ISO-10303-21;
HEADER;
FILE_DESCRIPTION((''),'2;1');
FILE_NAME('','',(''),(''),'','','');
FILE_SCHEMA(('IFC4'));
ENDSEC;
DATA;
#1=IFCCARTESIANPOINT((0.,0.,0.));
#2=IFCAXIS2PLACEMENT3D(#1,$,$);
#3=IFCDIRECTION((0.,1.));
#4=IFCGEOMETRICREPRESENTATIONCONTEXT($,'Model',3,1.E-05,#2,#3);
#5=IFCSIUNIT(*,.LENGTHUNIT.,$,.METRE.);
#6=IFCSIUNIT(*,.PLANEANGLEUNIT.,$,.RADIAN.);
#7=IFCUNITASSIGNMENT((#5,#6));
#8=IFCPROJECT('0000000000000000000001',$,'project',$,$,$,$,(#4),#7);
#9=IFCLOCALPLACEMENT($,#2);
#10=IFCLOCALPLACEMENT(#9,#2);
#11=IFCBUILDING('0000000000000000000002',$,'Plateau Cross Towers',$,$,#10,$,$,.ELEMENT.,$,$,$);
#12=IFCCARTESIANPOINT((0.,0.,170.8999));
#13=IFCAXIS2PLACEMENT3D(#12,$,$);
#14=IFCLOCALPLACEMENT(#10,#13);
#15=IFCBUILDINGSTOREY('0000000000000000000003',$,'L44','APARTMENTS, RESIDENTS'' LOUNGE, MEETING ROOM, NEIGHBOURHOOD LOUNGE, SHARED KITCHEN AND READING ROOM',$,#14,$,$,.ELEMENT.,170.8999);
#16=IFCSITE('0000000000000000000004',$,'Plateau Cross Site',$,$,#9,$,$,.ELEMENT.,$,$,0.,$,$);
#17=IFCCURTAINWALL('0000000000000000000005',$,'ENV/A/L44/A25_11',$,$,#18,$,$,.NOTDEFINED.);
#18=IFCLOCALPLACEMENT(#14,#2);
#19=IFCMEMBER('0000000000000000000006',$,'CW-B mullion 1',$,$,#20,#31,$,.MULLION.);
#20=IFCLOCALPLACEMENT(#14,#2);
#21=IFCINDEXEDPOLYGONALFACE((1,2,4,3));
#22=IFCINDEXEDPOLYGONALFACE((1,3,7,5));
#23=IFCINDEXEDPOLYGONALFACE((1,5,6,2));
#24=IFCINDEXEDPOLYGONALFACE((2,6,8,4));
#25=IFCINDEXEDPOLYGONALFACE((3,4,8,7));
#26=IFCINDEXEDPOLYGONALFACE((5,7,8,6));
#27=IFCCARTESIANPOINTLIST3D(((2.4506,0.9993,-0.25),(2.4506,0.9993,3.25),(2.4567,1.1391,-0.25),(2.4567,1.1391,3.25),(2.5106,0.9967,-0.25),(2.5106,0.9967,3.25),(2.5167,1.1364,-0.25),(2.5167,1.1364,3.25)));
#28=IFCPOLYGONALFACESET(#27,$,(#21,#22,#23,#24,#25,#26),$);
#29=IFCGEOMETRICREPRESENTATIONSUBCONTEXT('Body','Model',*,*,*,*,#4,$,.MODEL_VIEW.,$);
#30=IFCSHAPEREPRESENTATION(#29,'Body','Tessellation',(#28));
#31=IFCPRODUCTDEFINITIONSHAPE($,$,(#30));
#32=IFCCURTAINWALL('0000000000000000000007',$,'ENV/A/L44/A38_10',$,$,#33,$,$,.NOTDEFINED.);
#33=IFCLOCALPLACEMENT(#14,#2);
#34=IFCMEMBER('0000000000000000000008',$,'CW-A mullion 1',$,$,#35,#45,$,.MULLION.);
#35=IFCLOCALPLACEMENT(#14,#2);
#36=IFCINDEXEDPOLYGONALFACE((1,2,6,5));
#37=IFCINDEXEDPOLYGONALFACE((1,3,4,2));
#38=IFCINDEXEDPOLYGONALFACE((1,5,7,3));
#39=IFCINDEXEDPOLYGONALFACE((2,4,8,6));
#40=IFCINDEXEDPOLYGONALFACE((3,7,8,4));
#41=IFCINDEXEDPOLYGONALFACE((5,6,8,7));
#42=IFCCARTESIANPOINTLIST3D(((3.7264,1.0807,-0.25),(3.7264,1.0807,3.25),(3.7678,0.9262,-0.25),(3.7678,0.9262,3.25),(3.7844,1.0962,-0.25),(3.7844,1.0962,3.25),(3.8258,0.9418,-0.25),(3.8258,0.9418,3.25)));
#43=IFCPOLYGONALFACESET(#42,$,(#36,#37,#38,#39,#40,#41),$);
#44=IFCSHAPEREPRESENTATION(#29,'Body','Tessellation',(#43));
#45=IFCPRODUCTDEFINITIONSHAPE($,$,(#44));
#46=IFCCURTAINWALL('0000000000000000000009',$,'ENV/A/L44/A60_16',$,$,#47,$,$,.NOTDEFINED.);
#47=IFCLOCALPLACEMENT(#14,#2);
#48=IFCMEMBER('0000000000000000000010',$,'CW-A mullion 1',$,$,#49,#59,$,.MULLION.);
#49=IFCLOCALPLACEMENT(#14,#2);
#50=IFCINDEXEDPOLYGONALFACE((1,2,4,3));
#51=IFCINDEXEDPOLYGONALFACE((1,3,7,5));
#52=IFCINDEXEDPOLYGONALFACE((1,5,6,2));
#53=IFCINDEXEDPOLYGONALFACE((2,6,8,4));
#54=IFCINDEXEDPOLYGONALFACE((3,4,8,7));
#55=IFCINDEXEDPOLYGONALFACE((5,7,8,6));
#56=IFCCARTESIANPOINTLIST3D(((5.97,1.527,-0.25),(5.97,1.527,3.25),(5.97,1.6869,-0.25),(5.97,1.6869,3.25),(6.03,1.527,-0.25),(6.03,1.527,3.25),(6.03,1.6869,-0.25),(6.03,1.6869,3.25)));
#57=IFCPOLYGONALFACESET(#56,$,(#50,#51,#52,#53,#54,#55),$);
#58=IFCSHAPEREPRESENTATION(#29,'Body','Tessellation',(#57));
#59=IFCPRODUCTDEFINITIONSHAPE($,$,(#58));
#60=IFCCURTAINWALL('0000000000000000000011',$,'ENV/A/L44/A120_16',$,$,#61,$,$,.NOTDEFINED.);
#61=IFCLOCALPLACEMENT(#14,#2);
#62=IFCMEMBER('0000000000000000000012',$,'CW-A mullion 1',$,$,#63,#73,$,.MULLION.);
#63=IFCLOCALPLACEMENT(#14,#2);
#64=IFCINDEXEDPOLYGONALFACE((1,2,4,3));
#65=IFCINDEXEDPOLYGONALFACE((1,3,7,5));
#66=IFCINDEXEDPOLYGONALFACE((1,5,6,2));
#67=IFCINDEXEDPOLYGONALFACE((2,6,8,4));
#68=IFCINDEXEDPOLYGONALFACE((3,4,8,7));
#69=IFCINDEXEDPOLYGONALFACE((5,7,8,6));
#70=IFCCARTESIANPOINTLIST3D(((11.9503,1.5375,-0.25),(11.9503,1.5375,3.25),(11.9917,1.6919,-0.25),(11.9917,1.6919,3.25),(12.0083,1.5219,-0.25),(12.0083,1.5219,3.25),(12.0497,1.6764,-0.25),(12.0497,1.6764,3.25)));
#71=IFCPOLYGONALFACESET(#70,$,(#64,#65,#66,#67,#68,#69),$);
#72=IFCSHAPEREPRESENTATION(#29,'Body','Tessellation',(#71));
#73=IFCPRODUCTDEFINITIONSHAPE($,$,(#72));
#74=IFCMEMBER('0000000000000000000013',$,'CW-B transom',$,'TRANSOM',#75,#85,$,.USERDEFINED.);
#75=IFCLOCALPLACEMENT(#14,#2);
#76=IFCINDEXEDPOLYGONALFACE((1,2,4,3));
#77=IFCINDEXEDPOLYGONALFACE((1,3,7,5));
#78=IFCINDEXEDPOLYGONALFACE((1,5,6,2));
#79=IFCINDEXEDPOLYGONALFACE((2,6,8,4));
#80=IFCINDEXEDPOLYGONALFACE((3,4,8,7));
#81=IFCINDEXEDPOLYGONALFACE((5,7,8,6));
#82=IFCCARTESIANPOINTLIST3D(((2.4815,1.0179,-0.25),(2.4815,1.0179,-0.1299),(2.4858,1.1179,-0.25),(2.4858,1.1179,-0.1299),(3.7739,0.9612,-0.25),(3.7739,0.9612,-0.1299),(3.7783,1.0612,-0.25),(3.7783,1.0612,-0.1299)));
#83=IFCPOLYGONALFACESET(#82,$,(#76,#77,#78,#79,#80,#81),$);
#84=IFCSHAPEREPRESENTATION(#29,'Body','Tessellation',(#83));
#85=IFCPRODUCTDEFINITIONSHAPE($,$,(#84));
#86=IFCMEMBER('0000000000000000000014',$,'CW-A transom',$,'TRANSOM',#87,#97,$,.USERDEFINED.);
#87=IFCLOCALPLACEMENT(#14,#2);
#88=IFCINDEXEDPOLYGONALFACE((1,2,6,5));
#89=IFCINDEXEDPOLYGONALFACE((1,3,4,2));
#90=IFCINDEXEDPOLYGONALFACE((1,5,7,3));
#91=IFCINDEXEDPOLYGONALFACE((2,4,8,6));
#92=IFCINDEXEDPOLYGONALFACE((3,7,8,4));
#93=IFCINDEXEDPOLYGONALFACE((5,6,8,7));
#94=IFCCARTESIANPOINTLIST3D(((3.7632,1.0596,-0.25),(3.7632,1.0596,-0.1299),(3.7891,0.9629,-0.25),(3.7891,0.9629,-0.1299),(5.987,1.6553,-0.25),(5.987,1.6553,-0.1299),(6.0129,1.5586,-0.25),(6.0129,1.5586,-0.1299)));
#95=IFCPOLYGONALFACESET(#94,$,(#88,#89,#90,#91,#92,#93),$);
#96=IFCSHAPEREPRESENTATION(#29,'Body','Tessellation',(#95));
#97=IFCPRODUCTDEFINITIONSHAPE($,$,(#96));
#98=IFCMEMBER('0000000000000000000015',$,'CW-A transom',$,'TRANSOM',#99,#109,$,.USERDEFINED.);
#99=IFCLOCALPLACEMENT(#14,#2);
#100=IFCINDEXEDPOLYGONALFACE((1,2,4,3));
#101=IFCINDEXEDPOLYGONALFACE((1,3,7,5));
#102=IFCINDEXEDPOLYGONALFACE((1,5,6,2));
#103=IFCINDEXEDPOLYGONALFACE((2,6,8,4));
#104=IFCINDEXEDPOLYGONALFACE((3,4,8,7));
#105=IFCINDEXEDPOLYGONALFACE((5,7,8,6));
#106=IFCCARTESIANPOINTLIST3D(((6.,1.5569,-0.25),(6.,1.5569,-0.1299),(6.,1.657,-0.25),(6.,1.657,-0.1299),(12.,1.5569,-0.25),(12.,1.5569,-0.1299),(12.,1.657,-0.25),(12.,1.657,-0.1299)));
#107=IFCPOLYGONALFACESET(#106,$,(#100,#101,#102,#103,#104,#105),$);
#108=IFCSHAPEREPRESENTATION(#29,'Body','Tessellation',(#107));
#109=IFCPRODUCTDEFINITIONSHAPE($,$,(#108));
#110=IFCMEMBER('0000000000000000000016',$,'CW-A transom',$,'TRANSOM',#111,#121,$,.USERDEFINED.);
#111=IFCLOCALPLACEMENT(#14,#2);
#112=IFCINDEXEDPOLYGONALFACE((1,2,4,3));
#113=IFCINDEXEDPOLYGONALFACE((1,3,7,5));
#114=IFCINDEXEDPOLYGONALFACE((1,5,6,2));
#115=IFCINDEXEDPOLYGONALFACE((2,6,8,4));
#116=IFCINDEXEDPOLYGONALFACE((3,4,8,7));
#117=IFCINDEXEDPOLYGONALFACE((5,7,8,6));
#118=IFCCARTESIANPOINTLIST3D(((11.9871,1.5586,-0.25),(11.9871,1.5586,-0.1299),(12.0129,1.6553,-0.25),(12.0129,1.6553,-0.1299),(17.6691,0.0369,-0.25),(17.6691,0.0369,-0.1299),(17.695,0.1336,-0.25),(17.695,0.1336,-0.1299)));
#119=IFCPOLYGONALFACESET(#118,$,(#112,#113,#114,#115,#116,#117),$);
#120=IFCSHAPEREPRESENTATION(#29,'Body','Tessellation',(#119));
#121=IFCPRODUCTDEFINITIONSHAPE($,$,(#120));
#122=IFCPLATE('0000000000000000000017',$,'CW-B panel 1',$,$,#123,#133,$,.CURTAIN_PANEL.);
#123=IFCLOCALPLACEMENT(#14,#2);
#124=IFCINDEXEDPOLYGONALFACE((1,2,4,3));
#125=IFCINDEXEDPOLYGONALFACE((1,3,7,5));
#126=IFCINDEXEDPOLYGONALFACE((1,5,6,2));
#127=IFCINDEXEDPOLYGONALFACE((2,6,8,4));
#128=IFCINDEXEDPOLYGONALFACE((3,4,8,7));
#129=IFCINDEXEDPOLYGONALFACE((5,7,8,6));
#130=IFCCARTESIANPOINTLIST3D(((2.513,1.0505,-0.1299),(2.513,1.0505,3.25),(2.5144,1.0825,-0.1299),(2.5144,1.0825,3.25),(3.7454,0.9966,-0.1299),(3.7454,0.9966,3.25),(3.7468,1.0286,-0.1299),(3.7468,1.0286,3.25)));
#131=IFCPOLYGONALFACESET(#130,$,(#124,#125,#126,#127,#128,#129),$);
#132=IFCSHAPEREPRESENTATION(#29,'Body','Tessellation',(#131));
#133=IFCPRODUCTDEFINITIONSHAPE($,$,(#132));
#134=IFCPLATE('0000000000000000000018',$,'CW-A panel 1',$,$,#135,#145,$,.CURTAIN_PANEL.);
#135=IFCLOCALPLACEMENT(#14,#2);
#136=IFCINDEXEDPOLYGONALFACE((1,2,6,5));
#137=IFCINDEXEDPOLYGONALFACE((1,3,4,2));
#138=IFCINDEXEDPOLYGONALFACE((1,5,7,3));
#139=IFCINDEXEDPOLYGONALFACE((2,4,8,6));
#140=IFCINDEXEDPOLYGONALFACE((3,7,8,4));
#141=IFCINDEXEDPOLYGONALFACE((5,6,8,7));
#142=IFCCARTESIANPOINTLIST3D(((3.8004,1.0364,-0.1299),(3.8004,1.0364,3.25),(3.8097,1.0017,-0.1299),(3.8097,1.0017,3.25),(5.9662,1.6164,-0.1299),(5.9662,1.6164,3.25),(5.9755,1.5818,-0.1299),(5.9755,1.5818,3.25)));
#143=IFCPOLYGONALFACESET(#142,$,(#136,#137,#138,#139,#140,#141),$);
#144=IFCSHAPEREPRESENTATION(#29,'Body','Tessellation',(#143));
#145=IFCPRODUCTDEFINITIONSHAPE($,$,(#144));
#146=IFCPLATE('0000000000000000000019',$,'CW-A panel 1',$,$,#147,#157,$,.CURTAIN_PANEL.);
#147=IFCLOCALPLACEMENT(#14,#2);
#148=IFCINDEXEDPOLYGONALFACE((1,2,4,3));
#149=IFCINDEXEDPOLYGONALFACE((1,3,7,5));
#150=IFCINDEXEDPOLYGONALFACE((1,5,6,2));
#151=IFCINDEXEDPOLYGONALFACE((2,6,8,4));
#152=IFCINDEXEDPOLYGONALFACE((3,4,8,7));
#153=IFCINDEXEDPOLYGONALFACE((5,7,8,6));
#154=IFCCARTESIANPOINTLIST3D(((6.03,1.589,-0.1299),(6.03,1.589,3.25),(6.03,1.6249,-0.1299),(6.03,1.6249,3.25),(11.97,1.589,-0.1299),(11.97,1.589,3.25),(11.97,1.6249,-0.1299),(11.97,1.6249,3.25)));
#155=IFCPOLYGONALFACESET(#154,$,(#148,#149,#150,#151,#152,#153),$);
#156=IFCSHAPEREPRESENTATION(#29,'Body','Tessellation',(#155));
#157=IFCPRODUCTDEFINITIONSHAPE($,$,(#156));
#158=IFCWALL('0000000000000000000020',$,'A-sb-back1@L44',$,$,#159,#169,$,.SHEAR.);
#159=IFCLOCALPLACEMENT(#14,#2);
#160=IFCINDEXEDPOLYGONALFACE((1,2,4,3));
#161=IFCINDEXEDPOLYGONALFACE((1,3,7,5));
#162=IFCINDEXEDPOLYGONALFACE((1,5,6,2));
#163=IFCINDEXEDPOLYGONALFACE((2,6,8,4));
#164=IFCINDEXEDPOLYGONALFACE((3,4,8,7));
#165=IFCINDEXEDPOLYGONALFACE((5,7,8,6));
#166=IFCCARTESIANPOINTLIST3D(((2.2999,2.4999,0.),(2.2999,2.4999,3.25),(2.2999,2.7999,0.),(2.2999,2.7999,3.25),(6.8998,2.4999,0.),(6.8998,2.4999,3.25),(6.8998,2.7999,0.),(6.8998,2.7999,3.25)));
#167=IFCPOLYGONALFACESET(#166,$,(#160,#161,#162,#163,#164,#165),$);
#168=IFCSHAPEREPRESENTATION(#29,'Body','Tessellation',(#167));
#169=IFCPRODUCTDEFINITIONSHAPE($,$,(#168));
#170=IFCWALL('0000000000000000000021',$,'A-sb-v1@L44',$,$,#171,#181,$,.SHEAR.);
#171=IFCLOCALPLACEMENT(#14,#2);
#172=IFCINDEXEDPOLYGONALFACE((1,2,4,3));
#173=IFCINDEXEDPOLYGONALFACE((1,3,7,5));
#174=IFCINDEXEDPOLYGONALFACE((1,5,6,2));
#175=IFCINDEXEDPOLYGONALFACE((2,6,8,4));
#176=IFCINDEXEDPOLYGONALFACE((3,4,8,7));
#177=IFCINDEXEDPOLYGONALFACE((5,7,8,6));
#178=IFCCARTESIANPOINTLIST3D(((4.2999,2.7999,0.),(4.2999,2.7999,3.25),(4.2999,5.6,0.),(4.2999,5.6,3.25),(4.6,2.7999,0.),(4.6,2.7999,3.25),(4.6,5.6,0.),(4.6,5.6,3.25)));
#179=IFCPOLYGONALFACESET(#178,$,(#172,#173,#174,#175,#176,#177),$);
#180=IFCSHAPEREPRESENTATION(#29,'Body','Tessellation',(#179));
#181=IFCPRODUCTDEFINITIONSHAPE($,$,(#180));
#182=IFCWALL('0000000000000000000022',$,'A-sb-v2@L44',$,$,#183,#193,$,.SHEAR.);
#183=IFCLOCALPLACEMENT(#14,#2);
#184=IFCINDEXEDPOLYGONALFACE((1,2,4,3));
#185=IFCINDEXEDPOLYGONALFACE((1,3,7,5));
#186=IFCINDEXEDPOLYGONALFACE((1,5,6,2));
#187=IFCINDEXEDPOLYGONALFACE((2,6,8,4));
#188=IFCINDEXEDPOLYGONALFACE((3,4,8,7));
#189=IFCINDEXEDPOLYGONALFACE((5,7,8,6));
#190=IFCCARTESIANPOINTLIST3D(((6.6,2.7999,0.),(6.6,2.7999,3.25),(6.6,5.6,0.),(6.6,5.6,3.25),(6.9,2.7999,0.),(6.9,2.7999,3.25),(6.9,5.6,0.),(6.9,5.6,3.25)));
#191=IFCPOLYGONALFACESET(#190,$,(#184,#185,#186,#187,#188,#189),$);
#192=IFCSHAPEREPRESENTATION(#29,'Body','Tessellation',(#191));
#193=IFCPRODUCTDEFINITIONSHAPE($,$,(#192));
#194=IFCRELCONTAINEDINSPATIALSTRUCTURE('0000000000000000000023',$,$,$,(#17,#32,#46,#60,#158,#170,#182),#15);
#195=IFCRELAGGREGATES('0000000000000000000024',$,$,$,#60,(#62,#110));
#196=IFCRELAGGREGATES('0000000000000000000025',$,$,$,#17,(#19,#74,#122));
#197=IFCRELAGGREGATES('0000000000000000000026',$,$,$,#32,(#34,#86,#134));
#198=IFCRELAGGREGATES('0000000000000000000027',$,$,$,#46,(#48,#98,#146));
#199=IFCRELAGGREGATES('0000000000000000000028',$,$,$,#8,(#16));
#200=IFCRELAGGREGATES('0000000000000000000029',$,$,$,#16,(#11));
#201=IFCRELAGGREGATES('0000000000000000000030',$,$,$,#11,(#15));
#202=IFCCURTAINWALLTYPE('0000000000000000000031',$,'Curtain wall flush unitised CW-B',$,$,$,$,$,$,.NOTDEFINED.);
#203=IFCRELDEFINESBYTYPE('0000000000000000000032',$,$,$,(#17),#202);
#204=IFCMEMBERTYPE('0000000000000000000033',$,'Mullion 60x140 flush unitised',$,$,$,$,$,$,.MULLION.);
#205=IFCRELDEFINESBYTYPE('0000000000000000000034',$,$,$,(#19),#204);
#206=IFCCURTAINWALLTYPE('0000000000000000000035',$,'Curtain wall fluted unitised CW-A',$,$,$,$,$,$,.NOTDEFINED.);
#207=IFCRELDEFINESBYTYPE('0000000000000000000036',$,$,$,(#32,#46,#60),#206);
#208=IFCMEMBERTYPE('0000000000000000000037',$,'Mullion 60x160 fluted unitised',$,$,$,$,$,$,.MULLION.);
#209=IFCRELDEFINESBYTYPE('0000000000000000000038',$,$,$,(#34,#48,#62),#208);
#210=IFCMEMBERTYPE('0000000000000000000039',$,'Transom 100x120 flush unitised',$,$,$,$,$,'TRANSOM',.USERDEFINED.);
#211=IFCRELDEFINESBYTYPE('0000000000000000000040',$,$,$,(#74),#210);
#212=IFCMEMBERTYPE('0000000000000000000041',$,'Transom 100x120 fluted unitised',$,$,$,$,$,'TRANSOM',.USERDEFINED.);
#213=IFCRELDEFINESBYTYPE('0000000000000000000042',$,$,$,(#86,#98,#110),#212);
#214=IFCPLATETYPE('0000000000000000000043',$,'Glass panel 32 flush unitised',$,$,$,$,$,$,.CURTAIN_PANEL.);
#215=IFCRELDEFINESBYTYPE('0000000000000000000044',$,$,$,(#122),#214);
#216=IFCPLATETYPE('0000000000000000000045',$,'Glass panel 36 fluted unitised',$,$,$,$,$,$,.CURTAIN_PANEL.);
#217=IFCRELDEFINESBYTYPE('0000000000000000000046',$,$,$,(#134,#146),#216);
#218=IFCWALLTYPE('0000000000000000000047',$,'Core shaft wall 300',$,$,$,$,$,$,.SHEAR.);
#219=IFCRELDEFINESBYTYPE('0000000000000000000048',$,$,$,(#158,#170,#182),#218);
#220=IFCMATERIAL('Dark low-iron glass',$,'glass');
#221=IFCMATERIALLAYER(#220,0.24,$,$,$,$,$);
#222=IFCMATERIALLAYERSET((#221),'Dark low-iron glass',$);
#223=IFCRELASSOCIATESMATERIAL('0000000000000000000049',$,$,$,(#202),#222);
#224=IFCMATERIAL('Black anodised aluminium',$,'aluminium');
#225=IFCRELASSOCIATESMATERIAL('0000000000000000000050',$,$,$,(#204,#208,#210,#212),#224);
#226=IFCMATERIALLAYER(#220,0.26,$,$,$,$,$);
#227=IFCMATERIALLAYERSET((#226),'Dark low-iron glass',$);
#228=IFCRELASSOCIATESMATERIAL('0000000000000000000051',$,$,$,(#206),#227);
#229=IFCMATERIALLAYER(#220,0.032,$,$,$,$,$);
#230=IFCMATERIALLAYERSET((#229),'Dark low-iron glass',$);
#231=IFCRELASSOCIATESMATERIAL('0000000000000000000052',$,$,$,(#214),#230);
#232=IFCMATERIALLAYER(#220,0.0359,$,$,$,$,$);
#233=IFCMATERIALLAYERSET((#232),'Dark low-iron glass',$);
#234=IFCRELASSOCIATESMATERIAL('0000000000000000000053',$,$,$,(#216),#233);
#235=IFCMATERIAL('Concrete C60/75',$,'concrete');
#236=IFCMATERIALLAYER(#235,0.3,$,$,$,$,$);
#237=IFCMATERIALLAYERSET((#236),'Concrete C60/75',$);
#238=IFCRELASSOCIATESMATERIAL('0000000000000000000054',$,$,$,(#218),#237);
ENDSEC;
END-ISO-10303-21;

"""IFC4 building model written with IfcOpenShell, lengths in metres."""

from ifc_helpers import new_model, si_unit, direction, frame, frame_2d, origin, origin_2d, place, context, subcontext, project, spatial, rectangle, extrude, material, layer, layer_set, material_profile, profile_set, type_object, element, aggregate, save


model = new_model("IFC4")

# Units and contexts
model_context = context("Model", 3, precision=1e-05, world=origin(), true_north=direction((0.0, 1.0)))
body_context = subcontext(model_context, "Body", "Model", "MODEL_VIEW")
ifc_project = project(units=[si_unit("LENGTHUNIT", "METRE"), si_unit("PLANEANGLEUNIT", "RADIAN")], contexts=[model_context])

# Site, building, storey
site_placement = place(None, origin())
site = spatial("IfcSite", under=ifc_project, at=site_placement, Name="Plateau Cross Site", CompositionType="ELEMENT", RefElevation=0.0)
building_placement = place(site_placement, origin())
building = spatial("IfcBuilding", under=site, at=building_placement, Name="Plateau Cross Towers", CompositionType="ELEMENT")
storey_placement = place(building_placement, frame((0.0, 0.0, 170.8999)))
storey = spatial("IfcBuildingStorey", under=building, at=storey_placement, Name="L44", Description="APARTMENTS, RESIDENTS' LOUNGE, MEETING ROOM, NEIGHBOURHOOD LOUNGE, SHARED KITCHEN AND READING ROOM", CompositionType="ELEMENT", Elevation=170.8999)

# Curtain walls, members
ifc_material_1 = material(Name="Dark low-iron glass", Category="glass")
ifc_layer_1 = layer(ifc_material_1, 0.24)
ifc_layer_set_1 = layer_set([ifc_layer_1], Name="Dark low-iron glass")
curtain_wall_type_1 = type_object("IfcCurtainWallType", Name="Curtain wall flush unitised CW-B", PredefinedType="NOTDEFINED", material=ifc_layer_set_1)
curtain_wall_1_placement = place(storey_placement, origin())
curtain_wall_1 = element("IfcCurtainWall", 1, at=curtain_wall_1_placement, inside=storey, type_object=curtain_wall_type_1, Name="ENV/A/L44/A25_11", PredefinedType="NOTDEFINED")
ifc_material_2 = material(Name="Black anodised aluminium", Category="aluminium")
ifc_material_profile_1 = material_profile(ifc_material_2, rectangle(XDim=0.0601, YDim=0.1399, at=origin_2d()), Name="MULLION 60x140")
ifc_profile_set_1 = profile_set([ifc_material_profile_1], Name="Black anodised aluminium")
member_type_1 = type_object("IfcMemberType", Name="Mullion 60x140 flush unitised", PredefinedType="MULLION", material=ifc_profile_set_1)
member_1_placement = place(storey_placement, frame((2.4836, 1.0679, -0.25), z_axis=(0.0, 0.0, 1.0), x_axis=(0.999044, -0.043723, 0.0)))
member_1 = element("IfcMember", 2, at=member_1_placement, type_object=member_type_1, Name="CW-B mullion 1", PredefinedType="MULLION", context=body_context, shape_type="SweptSolid", body=[
    extrude(rectangle(XDim=0.0601, YDim=0.1399, at=origin_2d()), origin(), (0.0, 0.0, 1.0), 3.5),
])
ifc_layer_2 = layer(ifc_material_1, 0.26)
ifc_layer_set_2 = layer_set([ifc_layer_2], Name="Dark low-iron glass")
curtain_wall_type_2 = type_object("IfcCurtainWallType", Name="Curtain wall fluted unitised CW-A", PredefinedType="NOTDEFINED", material=ifc_layer_set_2)
curtain_wall_2_placement = place(storey_placement, origin())
curtain_wall_2 = element("IfcCurtainWall", 3, at=curtain_wall_2_placement, inside=storey, type_object=curtain_wall_type_2, Name="ENV/A/L44/A38_10", PredefinedType="NOTDEFINED")
ifc_material_profile_2 = material_profile(ifc_material_2, rectangle(XDim=0.0601, YDim=0.1599, at=origin_2d()), Name="MULLION 60x160")
ifc_profile_set_2 = profile_set([ifc_material_profile_2], Name="Black anodised aluminium")
member_type_2 = type_object("IfcMemberType", Name="Mullion 60x160 fluted unitised", PredefinedType="MULLION", material=ifc_profile_set_2)
member_2_placement = place(storey_placement, frame((3.7761, 1.0112, -0.25), z_axis=(0.0, 0.0, 1.0), x_axis=(0.965958, 0.258699, 0.0)))
member_2 = element("IfcMember", 4, at=member_2_placement, type_object=member_type_2, Name="CW-A mullion 1", PredefinedType="MULLION", context=body_context, shape_type="SweptSolid", body=[
    extrude(rectangle(XDim=0.0601, YDim=0.1599, at=origin_2d()), origin(), (0.0, 0.0, 1.0), 3.5),
])
curtain_wall_3_placement = place(storey_placement, origin())
curtain_wall_3 = element("IfcCurtainWall", 5, at=curtain_wall_3_placement, inside=storey, type_object=curtain_wall_type_2, Name="ENV/A/L44/A60_16", PredefinedType="NOTDEFINED")
member_3_placement = place(storey_placement, frame((6.0, 1.6069, -0.25), z_axis=(0.0, 0.0, 1.0), x_axis=(1.0, 0.0, 0.0)))
member_3 = element("IfcMember", 6, at=member_3_placement, type_object=member_type_2, Name="CW-A mullion 1", PredefinedType="MULLION", context=body_context, shape_type="SweptSolid", body=[
    extrude(rectangle(XDim=0.0601, YDim=0.1599, at=origin_2d()), origin(), (0.0, 0.0, 1.0), 3.5),
])
curtain_wall_4_placement = place(storey_placement, origin())
curtain_wall_4 = element("IfcCurtainWall", 7, at=curtain_wall_4_placement, inside=storey, type_object=curtain_wall_type_2, Name="ENV/A/L44/A120_16", PredefinedType="NOTDEFINED")
member_4_placement = place(storey_placement, frame((12.0, 1.6069, -0.25), z_axis=(0.0, 0.0, 1.0), x_axis=(0.965958, -0.258699, 0.0)))
member_4 = element("IfcMember", 8, at=member_4_placement, type_object=member_type_2, Name="CW-A mullion 1", PredefinedType="MULLION", context=body_context, shape_type="SweptSolid", body=[
    extrude(rectangle(XDim=0.0601, YDim=0.1599, at=origin_2d()), origin(), (0.0, 0.0, 1.0), 3.5),
])

# Members
ifc_material_profile_3 = material_profile(ifc_material_2, rectangle(XDim=0.1001, YDim=0.1201, at=origin_2d()), Name="TRANSOM 100x120")
ifc_profile_set_3 = profile_set([ifc_material_profile_3], Name="Black anodised aluminium")
member_type_3 = type_object("IfcMemberType", Name="Transom 100x120 flush unitised", ElementType="TRANSOM", PredefinedType="USERDEFINED", material=ifc_profile_set_3)
member_5_placement = place(storey_placement, frame((2.4836, 1.0679, -0.1899), z_axis=(0.999041, -0.043781, 0.0), x_axis=(0.043781, 0.999041, 0.0)))
member_5 = element("IfcMember", 9, at=member_5_placement, type_object=member_type_3, Name="CW-B transom", ObjectType="TRANSOM", PredefinedType="USERDEFINED", context=body_context, shape_type="SweptSolid", body=[
    extrude(rectangle(XDim=0.1001, YDim=0.1201, at=origin_2d()), origin(), (0.0, 0.0, 1.0), 1.2937),
])
ifc_material_profile_4 = material_profile(ifc_material_2, rectangle(XDim=0.1001, YDim=0.1201, at=origin_2d()), Name="TRANSOM 100x120")
ifc_profile_set_4 = profile_set([ifc_material_profile_4], Name="Black anodised aluminium")
member_type_4 = type_object("IfcMemberType", Name="Transom 100x120 fluted unitised", ElementType="TRANSOM", PredefinedType="USERDEFINED", material=ifc_profile_set_4)
member_6_placement = place(storey_placement, frame((3.7761, 1.0112, -0.1899), z_axis=(0.965946, 0.258745, 0.0), x_axis=(-0.258745, 0.965946, 0.0)))
member_6 = element("IfcMember", 10, at=member_6_placement, type_object=member_type_4, Name="CW-A transom", ObjectType="TRANSOM", PredefinedType="USERDEFINED", context=body_context, shape_type="SweptSolid", body=[
    extrude(rectangle(XDim=0.1001, YDim=0.1201, at=origin_2d()), origin(), (0.0, 0.0, 1.0), 2.3022),
])
member_7_placement = place(storey_placement, frame((6.0, 1.6069, -0.1899), z_axis=(1.0, 0.0, 0.0), x_axis=(0.0, 1.0, 0.0)))
member_7 = element("IfcMember", 11, at=member_7_placement, type_object=member_type_4, Name="CW-A transom", ObjectType="TRANSOM", PredefinedType="USERDEFINED", context=body_context, shape_type="SweptSolid", body=[
    extrude(rectangle(XDim=0.1001, YDim=0.1201, at=origin_2d()), origin(), (0.0, 0.0, 1.0), 6.0),
])
member_8_placement = place(storey_placement, frame((12.0, 1.6069, -0.1899), z_axis=(0.96596, -0.258693, 0.0), x_axis=(0.258693, 0.96596, 0.0)))
member_8 = element("IfcMember", 12, at=member_8_placement, type_object=member_type_4, Name="CW-A transom", ObjectType="TRANSOM", PredefinedType="USERDEFINED", context=body_context, shape_type="SweptSolid", body=[
    extrude(rectangle(XDim=0.1001, YDim=0.1201, at=origin_2d()), origin(), (0.0, 0.0, 1.0), 5.8823),
])
aggregate(curtain_wall_4, [member_4, member_8])

# Plates
ifc_layer_3 = layer(ifc_material_1, 0.032)
ifc_layer_set_3 = layer_set([ifc_layer_3], Name="Dark low-iron glass")
plate_type_1 = type_object("IfcPlateType", Name="Glass panel 32 flush unitised", PredefinedType="CURTAIN_PANEL", material=ifc_layer_set_3)
plate_1_placement = place(storey_placement, frame((3.1299, 1.0396, -0.1299), z_axis=(0.0, 0.0, 1.0), x_axis=(0.999044, -0.043723, 0.0)))
plate_1 = element("IfcPlate", 13, at=plate_1_placement, type_object=plate_type_1, Name="CW-B panel 1", PredefinedType="CURTAIN_PANEL", context=body_context, shape_type="SweptSolid", body=[
    extrude(rectangle(XDim=1.2336, YDim=0.032, at=origin_2d()), origin(), (0.0, 0.0, 1.0), 3.3799),
])
aggregate(curtain_wall_1, [member_1, member_5, plate_1])
ifc_layer_4 = layer(ifc_material_1, 0.0359)
ifc_layer_set_4 = layer_set([ifc_layer_4], Name="Dark low-iron glass")
plate_type_2 = type_object("IfcPlateType", Name="Glass panel 36 fluted unitised", PredefinedType="CURTAIN_PANEL", material=ifc_layer_set_4)
plate_2_placement = place(storey_placement, frame((4.8879, 1.3091, -0.1299), z_axis=(0.0, 0.0, 1.0), x_axis=(0.965958, 0.258699, 0.0)))
plate_2 = element("IfcPlate", 14, at=plate_2_placement, type_object=plate_type_2, Name="CW-A panel 1", PredefinedType="CURTAIN_PANEL", context=body_context, shape_type="SweptSolid", body=[
    extrude(rectangle(XDim=2.2422, YDim=0.0359, at=origin_2d()), origin(), (0.0, 0.0, 1.0), 3.3799),
])
aggregate(curtain_wall_2, [member_2, member_6, plate_2])
plate_3_placement = place(storey_placement, frame((9.0, 1.6069, -0.1299), z_axis=(0.0, 0.0, 1.0), x_axis=(1.0, 0.0, 0.0)))
plate_3 = element("IfcPlate", 15, at=plate_3_placement, type_object=plate_type_2, Name="CW-A panel 1", PredefinedType="CURTAIN_PANEL", context=body_context, shape_type="SweptSolid", body=[
    extrude(rectangle(XDim=5.9399, YDim=0.0359, at=origin_2d()), origin(), (0.0, 0.0, 1.0), 3.3799),
])
aggregate(curtain_wall_3, [member_3, member_7, plate_3])

# Walls
ifc_material_3 = material(Name="Concrete C60/75", Category="concrete")
ifc_layer_5 = layer(ifc_material_3, 0.3)
ifc_layer_set_5 = layer_set([ifc_layer_5], Name="Concrete C60/75")
wall_type_1 = type_object("IfcWallType", Name="Core shaft wall 300", PredefinedType="SHEAR", material=ifc_layer_set_5)
wall_1_placement = place(storey_placement, frame((2.3, 2.6499, 0.0), z_axis=(0.0, 0.0, 1.0), x_axis=(1.0, 0.0, 0.0)))
element("IfcWall", 16, at=wall_1_placement, inside=storey, type_object=wall_type_1, Name="A-sb-back1@L44", PredefinedType="SHEAR", context=body_context, shape_type="SweptSolid", body=[
    extrude(rectangle(XDim=4.5999, YDim=0.3, at=frame_2d((2.2998, 0.0))), origin(), (0.0, 0.0, 1.0), 3.25),
])
for number, where, z_axis, x_axis, name in (
    (17, (4.45, 2.8, 0.0), (0.0, 0.0, 1.0), (0.0, 1.0, 0.0), "A-sb-v1@L44"),
    (18, (6.75, 2.8, 0.0), (0.0, 0.0, 1.0), (0.0, 1.0, 0.0), "A-sb-v2@L44"),
):
    element("IfcWall", number, at=place(storey_placement, frame(where, z_axis=z_axis, x_axis=x_axis)), inside=storey, type_object=wall_type_1, Name=name, PredefinedType="SHEAR", context=body_context, shape_type="SweptSolid", body=[
        extrude(rectangle(XDim=2.8, YDim=0.3, at=frame_2d((1.3999, 0.0))), origin(), (0.0, 0.0, 1.0), 3.25),
    ])

save(model, "model.ifc")
